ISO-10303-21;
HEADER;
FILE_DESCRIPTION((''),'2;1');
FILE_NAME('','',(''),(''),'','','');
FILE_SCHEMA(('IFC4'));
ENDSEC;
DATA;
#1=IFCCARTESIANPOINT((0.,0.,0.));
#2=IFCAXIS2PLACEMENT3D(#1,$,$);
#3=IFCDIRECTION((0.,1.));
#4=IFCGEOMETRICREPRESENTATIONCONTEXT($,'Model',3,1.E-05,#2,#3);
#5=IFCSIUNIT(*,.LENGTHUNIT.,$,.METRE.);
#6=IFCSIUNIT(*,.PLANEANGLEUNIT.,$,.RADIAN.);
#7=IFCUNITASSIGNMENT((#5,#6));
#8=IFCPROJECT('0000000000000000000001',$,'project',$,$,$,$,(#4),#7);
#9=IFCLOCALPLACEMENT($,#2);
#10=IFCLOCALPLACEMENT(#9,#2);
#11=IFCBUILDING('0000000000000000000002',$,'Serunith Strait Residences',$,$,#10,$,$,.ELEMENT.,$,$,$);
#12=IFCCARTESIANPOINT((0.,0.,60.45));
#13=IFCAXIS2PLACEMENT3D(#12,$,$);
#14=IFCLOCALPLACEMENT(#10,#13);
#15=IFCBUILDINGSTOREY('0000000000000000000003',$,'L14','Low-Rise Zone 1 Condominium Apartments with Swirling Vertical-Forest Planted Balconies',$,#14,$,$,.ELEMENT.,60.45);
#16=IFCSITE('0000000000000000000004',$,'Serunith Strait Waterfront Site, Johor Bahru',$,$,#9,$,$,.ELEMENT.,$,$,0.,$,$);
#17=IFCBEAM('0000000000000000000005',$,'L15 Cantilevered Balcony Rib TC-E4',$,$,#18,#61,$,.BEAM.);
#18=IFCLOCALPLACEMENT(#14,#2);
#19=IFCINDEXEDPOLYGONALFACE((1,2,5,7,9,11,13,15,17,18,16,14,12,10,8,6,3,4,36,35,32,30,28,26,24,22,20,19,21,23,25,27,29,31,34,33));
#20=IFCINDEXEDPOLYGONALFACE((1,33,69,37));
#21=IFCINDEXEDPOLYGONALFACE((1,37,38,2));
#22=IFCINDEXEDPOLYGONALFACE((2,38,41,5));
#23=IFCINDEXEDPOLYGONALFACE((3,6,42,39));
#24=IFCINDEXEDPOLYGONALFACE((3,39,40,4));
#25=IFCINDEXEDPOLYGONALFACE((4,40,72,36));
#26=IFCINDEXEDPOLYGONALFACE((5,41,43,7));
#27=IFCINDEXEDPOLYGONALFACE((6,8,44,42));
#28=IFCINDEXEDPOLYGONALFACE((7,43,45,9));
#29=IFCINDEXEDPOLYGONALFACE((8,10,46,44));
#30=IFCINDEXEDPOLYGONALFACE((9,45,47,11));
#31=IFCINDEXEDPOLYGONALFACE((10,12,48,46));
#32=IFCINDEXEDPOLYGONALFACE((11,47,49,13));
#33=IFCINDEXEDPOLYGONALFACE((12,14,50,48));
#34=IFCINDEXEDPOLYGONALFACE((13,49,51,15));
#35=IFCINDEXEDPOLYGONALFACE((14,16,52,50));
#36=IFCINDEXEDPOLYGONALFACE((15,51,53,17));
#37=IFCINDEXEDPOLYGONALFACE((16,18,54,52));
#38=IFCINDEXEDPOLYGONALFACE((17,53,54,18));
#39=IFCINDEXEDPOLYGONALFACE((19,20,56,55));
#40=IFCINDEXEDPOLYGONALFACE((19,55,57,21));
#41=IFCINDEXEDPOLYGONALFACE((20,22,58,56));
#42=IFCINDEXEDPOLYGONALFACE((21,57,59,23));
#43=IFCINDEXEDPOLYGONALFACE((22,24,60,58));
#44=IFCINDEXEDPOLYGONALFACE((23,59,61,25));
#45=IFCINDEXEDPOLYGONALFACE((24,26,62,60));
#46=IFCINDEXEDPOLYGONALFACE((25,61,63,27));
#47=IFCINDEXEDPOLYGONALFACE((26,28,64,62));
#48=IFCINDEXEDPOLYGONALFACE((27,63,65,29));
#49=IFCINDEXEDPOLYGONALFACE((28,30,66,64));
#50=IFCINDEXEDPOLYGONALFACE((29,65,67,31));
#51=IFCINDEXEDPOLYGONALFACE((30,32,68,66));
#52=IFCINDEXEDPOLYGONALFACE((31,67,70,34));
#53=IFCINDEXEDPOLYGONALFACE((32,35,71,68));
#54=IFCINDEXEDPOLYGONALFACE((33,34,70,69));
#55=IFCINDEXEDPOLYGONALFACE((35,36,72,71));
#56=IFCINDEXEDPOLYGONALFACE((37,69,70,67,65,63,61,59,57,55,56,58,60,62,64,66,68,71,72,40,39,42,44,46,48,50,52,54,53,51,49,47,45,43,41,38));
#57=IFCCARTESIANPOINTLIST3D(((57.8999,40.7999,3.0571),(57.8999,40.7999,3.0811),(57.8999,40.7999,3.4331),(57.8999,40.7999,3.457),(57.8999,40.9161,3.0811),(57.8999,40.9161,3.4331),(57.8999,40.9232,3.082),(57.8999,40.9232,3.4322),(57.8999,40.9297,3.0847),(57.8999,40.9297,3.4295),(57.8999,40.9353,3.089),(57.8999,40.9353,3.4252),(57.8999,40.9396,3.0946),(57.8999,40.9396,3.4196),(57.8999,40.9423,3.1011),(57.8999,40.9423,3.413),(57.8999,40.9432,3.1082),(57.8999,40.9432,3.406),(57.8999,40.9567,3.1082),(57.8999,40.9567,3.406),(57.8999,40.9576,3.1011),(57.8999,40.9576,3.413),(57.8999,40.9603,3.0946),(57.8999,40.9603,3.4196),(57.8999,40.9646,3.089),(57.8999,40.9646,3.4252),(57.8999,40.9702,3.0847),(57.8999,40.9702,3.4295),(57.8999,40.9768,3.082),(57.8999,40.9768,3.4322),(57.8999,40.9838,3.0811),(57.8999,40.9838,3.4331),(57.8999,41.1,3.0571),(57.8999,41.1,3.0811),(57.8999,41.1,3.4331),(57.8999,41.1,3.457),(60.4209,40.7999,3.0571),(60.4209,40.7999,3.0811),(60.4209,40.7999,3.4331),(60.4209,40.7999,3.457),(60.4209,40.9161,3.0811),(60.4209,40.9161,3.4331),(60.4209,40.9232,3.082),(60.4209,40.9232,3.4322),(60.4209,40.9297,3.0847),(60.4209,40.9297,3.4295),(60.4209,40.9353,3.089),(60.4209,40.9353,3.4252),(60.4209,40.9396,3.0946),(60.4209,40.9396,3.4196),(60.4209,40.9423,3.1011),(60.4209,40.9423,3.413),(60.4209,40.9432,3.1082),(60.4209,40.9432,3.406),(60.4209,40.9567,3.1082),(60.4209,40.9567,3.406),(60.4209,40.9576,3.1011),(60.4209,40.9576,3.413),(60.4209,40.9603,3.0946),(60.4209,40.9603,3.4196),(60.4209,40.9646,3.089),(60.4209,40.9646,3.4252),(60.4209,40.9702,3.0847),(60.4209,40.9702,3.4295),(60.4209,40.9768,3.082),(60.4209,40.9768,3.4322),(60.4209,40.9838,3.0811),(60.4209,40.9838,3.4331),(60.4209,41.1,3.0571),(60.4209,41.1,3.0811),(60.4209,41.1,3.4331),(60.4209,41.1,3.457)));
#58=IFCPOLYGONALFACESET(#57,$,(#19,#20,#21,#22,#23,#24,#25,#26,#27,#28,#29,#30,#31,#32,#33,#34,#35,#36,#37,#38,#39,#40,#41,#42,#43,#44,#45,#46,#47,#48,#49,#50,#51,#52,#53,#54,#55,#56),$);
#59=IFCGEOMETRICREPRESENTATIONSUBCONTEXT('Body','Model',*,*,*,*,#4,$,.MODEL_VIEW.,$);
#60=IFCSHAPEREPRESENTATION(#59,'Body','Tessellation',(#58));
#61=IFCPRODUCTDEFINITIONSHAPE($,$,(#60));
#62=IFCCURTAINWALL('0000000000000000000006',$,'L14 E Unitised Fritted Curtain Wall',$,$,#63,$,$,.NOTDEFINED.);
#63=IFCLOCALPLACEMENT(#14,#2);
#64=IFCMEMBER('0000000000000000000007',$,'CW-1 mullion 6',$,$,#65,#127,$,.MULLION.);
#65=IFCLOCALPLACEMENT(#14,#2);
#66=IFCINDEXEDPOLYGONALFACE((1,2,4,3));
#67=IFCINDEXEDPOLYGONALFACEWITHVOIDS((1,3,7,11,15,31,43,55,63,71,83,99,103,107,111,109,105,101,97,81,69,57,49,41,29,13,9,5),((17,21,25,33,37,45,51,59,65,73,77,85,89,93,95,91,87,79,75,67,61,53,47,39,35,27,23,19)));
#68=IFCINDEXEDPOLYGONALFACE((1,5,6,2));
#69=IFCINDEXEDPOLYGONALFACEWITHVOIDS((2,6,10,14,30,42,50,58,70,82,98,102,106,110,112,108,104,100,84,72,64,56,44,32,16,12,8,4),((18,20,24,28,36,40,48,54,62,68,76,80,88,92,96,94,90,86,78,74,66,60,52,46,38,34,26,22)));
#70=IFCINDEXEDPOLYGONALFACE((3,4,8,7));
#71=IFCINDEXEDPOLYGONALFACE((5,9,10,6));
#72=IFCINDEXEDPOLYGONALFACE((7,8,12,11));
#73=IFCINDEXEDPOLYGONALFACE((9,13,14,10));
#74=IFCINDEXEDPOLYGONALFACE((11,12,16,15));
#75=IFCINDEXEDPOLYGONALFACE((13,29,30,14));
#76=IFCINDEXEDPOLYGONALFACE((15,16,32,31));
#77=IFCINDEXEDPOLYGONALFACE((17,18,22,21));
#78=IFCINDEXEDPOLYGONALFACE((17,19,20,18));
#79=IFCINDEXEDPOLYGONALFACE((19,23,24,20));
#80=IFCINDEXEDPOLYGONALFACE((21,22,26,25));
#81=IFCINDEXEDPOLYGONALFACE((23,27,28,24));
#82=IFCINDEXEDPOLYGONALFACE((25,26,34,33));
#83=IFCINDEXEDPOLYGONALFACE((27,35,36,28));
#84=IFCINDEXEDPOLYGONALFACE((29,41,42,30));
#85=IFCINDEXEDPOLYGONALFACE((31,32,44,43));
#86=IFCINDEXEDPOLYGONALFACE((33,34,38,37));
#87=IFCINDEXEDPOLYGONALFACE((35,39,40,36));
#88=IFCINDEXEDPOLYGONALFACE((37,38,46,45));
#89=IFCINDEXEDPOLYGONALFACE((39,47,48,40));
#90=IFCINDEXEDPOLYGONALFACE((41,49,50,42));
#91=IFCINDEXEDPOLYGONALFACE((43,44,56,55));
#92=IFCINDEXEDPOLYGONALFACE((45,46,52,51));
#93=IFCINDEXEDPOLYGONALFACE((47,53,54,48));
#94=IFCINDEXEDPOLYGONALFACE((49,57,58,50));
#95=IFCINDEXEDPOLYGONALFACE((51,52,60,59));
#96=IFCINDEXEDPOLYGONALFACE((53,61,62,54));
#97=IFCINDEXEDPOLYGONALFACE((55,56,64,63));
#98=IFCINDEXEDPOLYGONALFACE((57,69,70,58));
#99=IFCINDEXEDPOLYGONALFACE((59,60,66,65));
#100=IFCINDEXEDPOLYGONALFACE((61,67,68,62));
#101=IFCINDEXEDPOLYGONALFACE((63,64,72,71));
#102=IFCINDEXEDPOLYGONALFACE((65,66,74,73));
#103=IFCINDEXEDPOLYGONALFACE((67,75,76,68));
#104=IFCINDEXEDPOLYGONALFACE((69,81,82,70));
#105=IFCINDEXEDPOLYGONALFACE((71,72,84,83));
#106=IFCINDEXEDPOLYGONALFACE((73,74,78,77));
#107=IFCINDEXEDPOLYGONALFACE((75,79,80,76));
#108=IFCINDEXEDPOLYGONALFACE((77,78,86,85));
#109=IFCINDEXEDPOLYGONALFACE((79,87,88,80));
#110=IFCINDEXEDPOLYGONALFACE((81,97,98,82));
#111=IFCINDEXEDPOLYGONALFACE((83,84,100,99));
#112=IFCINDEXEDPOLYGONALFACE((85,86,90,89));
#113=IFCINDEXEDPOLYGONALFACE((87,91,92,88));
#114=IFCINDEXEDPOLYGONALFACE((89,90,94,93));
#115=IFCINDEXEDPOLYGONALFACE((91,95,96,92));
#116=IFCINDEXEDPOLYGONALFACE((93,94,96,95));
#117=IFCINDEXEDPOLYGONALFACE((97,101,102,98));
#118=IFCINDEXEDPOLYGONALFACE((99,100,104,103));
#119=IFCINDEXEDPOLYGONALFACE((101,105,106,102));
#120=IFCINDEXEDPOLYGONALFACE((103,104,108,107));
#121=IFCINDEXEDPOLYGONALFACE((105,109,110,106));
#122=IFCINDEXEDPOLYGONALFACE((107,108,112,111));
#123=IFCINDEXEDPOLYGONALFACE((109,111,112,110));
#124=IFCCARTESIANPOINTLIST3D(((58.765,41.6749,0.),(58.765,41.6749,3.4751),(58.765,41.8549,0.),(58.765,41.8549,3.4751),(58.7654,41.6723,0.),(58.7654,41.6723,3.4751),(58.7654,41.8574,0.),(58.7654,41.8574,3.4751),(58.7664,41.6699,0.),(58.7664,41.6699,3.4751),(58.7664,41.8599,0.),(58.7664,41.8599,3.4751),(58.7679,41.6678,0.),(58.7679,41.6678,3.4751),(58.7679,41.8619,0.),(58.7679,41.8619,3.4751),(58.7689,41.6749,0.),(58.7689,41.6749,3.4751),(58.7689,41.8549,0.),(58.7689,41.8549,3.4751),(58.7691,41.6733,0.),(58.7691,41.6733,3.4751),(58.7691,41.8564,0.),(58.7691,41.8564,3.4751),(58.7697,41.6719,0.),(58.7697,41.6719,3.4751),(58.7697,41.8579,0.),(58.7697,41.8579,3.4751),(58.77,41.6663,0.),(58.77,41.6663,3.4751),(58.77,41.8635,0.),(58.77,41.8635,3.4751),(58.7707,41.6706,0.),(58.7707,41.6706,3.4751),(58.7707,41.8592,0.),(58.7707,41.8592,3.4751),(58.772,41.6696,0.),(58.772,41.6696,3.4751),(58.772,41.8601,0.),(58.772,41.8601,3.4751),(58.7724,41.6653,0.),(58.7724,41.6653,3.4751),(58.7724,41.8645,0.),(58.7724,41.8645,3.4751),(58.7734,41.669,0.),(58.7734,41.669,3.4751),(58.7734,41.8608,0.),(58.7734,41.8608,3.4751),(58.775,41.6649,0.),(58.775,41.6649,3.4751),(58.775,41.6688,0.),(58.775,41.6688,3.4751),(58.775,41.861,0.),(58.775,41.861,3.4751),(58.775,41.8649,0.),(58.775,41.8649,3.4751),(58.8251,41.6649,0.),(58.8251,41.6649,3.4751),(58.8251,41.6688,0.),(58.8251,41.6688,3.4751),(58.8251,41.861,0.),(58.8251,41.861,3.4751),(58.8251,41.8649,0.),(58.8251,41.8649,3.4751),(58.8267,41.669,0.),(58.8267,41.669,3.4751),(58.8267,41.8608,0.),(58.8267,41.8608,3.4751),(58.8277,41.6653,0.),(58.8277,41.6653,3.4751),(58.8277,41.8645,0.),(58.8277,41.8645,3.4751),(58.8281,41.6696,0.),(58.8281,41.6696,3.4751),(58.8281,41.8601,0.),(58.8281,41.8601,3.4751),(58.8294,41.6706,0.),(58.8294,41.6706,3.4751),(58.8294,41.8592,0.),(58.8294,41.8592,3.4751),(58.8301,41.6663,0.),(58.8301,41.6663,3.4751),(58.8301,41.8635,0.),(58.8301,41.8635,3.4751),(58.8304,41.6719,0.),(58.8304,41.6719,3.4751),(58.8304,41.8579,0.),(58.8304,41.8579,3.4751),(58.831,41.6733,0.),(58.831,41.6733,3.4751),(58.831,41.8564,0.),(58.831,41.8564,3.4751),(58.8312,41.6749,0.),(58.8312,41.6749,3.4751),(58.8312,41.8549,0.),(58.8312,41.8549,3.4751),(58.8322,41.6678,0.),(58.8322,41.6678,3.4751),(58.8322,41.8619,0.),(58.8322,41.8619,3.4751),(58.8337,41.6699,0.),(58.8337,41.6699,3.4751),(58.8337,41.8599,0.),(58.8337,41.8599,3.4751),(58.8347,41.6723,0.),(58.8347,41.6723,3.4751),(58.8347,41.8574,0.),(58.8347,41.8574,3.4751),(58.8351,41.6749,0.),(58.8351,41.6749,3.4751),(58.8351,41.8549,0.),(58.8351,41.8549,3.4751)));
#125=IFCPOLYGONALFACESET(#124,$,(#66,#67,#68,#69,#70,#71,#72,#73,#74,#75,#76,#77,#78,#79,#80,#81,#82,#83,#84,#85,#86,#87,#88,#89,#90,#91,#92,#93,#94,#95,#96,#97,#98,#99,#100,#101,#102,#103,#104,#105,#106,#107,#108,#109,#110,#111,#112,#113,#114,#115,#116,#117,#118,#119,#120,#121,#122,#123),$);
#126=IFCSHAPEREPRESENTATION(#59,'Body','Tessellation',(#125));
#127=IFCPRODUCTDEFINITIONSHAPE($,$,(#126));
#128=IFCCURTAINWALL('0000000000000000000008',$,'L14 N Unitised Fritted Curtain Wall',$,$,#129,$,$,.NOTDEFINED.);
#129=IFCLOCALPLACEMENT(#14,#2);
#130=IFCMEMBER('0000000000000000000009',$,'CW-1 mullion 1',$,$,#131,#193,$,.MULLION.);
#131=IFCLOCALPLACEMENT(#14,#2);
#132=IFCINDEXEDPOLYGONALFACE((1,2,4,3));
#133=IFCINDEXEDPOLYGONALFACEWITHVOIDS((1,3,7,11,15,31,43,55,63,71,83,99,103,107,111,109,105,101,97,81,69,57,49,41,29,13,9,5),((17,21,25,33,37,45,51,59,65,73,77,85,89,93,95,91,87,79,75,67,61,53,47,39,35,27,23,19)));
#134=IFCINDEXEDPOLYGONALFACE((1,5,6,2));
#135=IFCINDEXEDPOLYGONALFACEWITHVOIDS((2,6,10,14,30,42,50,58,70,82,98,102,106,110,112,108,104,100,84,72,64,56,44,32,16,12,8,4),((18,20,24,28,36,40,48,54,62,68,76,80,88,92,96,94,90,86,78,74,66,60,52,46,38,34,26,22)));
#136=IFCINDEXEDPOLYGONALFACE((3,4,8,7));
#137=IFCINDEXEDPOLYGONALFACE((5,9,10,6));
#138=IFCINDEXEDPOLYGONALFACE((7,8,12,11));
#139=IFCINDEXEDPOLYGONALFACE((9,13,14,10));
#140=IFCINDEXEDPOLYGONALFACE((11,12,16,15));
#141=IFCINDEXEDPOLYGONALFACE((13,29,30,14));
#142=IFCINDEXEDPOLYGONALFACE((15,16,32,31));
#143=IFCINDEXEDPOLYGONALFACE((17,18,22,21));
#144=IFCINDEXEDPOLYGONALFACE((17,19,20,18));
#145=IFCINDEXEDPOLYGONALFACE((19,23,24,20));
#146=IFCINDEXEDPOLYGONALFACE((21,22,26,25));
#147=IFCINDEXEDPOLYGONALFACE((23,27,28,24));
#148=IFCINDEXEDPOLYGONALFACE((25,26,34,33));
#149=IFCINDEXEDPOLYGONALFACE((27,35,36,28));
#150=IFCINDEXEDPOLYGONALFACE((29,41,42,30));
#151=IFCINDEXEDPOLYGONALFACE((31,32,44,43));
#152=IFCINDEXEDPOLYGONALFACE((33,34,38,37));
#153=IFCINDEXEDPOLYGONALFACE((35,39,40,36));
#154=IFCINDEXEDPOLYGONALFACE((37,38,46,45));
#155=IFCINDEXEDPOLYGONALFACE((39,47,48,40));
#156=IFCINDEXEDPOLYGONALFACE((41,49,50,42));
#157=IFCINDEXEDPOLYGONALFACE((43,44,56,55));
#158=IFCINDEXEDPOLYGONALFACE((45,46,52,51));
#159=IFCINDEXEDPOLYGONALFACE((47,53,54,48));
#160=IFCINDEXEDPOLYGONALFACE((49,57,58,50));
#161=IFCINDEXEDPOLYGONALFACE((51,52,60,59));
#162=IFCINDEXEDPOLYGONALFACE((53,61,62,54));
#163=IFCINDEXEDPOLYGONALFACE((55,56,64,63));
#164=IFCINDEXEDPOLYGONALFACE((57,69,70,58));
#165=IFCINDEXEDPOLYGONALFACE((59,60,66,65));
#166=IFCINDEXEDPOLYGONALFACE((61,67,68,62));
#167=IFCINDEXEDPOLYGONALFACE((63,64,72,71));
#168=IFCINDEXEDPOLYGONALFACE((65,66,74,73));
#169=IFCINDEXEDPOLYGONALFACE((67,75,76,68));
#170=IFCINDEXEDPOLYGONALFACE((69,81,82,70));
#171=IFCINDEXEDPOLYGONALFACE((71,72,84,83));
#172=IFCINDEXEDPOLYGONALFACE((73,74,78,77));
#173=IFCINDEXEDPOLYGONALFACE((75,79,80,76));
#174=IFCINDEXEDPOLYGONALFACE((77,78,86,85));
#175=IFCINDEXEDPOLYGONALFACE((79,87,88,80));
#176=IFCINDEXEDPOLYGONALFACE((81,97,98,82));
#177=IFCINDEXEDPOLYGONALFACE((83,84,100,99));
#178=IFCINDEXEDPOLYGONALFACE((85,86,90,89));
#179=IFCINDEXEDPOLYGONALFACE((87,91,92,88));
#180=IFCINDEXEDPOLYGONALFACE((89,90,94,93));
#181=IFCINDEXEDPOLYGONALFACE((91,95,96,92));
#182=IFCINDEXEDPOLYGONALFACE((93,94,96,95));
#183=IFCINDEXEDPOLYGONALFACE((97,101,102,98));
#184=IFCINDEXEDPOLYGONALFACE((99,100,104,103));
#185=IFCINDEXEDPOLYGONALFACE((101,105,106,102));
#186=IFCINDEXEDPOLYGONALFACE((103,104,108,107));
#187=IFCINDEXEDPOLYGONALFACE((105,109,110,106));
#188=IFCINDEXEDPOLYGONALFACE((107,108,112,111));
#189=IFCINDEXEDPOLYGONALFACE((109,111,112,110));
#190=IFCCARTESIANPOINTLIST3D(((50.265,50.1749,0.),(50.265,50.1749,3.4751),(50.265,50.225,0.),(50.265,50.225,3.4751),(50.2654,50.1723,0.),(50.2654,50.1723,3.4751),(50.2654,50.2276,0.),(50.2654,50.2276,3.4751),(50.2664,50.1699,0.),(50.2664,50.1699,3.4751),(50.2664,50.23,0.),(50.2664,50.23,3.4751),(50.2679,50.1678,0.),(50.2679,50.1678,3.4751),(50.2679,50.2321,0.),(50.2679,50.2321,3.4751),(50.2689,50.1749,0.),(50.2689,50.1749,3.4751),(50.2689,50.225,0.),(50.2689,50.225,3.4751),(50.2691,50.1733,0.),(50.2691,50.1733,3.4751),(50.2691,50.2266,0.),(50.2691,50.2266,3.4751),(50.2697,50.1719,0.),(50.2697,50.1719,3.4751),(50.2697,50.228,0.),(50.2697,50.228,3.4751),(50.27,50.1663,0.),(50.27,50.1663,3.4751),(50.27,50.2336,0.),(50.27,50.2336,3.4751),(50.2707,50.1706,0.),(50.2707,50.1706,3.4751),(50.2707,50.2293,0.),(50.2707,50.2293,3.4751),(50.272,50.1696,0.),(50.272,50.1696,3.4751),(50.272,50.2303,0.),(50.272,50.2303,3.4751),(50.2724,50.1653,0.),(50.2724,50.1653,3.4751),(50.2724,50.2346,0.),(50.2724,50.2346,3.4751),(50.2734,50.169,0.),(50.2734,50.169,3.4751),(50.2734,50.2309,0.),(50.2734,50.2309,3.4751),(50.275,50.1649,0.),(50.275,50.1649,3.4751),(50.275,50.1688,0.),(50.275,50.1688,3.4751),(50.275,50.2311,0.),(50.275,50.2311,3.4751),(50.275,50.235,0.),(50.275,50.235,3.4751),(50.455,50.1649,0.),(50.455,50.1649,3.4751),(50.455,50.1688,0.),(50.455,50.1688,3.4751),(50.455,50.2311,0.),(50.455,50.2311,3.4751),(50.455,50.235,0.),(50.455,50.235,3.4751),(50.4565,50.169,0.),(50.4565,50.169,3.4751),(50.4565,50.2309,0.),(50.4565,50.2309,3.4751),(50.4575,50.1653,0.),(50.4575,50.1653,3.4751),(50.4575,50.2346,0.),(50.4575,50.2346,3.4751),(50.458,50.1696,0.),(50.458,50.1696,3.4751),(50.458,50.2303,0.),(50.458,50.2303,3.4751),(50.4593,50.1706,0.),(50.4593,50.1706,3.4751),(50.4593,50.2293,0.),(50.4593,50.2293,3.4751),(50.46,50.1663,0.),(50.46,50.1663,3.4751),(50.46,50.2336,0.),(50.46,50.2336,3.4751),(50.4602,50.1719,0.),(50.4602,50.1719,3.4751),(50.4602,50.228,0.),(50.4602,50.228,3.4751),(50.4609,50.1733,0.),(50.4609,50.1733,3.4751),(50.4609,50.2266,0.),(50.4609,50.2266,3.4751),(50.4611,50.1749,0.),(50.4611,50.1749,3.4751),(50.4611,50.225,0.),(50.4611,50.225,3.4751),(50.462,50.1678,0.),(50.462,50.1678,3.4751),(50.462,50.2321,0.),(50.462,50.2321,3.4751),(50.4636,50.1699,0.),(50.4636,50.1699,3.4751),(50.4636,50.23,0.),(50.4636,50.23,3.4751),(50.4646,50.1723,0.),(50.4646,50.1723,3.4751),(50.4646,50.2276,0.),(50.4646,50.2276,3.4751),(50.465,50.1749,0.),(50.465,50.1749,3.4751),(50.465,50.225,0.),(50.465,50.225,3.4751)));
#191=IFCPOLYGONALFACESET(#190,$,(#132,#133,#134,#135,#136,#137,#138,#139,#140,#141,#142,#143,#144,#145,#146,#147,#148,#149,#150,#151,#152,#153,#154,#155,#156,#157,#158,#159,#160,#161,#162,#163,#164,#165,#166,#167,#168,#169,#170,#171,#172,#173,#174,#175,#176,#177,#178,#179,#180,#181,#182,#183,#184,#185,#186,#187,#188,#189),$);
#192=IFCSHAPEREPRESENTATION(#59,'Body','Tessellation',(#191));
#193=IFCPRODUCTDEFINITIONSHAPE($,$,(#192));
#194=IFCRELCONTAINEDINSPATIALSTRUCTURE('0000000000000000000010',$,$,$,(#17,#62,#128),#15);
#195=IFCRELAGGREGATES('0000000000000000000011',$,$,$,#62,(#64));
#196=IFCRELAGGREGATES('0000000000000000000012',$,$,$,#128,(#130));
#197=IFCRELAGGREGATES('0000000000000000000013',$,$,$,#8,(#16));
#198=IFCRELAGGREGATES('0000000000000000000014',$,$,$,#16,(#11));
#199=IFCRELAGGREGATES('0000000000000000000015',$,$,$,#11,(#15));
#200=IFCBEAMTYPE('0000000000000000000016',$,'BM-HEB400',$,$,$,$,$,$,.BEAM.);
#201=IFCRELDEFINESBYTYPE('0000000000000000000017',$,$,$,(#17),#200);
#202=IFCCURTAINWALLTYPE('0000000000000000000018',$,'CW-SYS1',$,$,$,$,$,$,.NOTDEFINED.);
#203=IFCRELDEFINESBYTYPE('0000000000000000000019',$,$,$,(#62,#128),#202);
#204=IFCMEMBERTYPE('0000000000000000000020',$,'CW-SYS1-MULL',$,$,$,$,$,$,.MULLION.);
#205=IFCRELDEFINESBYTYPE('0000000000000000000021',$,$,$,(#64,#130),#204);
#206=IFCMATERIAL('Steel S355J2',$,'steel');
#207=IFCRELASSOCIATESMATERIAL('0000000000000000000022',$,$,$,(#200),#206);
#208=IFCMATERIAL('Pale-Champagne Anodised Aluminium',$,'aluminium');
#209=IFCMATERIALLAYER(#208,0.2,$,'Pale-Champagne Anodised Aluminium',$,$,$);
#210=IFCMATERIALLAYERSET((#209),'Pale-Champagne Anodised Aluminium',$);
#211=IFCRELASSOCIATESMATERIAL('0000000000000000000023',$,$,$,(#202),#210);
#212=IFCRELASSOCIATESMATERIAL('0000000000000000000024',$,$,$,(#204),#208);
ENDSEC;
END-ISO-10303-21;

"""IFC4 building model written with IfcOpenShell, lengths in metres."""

from ifc_helpers import new_model, si_unit, direction, frame, origin, origin_2d, place, context, subcontext, project, spatial, hollow_rectangle, i_section, extrude, source, transform, mapped, material, layer, layer_set, material_profile, profile_set, type_object, element, aggregate, save


model = new_model("IFC4")

# Units and contexts
model_context = context("Model", 3, precision=1e-05, world=origin(), true_north=direction((0.0, 1.0)))
body_context = subcontext(model_context, "Body", "Model", "MODEL_VIEW")
ifc_project = project(units=[si_unit("LENGTHUNIT", "METRE"), si_unit("PLANEANGLEUNIT", "RADIAN")], contexts=[model_context])

# Site, building, storey
site_placement = place(None, origin())
site = spatial("IfcSite", under=ifc_project, at=site_placement, Name="Serunith Strait Waterfront Site, Johor Bahru", CompositionType="ELEMENT", RefElevation=0.0)
building_placement = place(site_placement, origin())
building = spatial("IfcBuilding", under=site, at=building_placement, Name="Serunith Strait Residences", CompositionType="ELEMENT")
storey_placement = place(building_placement, frame((0.0, 0.0, 60.45)))
storey = spatial("IfcBuildingStorey", under=building, at=storey_placement, Name="L14", Description="Low-Rise Zone 1 Condominium Apartments with Swirling Vertical-Forest Planted Balconies", CompositionType="ELEMENT", Elevation=60.45)

# Beam
ifc_material_1 = material(Name="Steel S355J2", Category="steel")
ifc_material_profile_1 = material_profile(ifc_material_1, i_section(OverallWidth=0.3, OverallDepth=0.3999, WebThickness=0.0134, FlangeThickness=0.0239, FilletRadius=0.0271, at=origin_2d()), Name="HEB 400")
ifc_profile_set_1 = profile_set([ifc_material_profile_1], Name="Steel S355J2")
beam_type_1 = type_object("IfcBeamType", Name="BM-HEB400", PredefinedType="BEAM", material=ifc_profile_set_1)
shared_shape_1 = source(origin(), body_context, "Body", "SweptSolid", [
    extrude(i_section(OverallWidth=0.3, OverallDepth=0.3999, WebThickness=0.0134, FlangeThickness=0.0239, FilletRadius=0.0271, at=origin_2d()), origin(), (0.0, 0.0, 1.0), 2.521),
])
beam_1_placement = place(storey_placement, frame((57.8999, 40.95, 3.2571), z_axis=(1.0, 0.0, 0.0), x_axis=(0.0, 1.0, 0.0)))
element("IfcBeam", 1, at=beam_1_placement, inside=storey, type_object=beam_type_1, Name="L15 Cantilevered Balcony Rib TC-E4", PredefinedType="BEAM", context=body_context, shape_type="MappedRepresentation", body=[
    mapped(shared_shape_1, transform((0.0, 0.0, 0.0), scale=1.0)),
])

# Curtain wall, member
ifc_material_2 = material(Name="Pale-Champagne Anodised Aluminium", Category="aluminium")
ifc_layer_1 = layer(ifc_material_2, 0.2, Name="Pale-Champagne Anodised Aluminium")
ifc_layer_set_1 = layer_set([ifc_layer_1], Name="Pale-Champagne Anodised Aluminium")
curtain_wall_type = type_object("IfcCurtainWallType", Name="CW-SYS1", PredefinedType="NOTDEFINED", material=ifc_layer_set_1)
curtain_wall_1_placement = place(storey_placement, origin())
curtain_wall_1 = element("IfcCurtainWall", 2, at=curtain_wall_1_placement, inside=storey, type_object=curtain_wall_type, Name="L14 E Unitised Fritted Curtain Wall", PredefinedType="NOTDEFINED")
ifc_material_profile_2 = material_profile(ifc_material_2, hollow_rectangle(XDim=0.0701, YDim=0.2, WallThickness=0.0039, InnerFilletRadius=0.0061, OuterFilletRadius=0.01, at=origin_2d()), Name="ALU 200x70x4")
ifc_profile_set_2 = profile_set([ifc_material_profile_2], Name="Pale-Champagne Anodised Aluminium")
member_type_1 = type_object("IfcMemberType", Name="CW-SYS1-MULL", PredefinedType="MULLION", material=ifc_profile_set_2)
shared_shape_2 = source(origin(), body_context, "Body", "SweptSolid", [
    extrude(hollow_rectangle(XDim=0.0701, YDim=0.2, WallThickness=0.0039, InnerFilletRadius=0.0061, OuterFilletRadius=0.01, at=origin_2d()), origin(), (0.0, 0.0, 1.0), 3.4751),
])
member_1_placement = place(storey_placement, frame((58.8, 41.7649, 0.0), z_axis=(0.0, 0.0, 1.0), x_axis=(-1.0, 0.0, 0.0)))
member_1 = element("IfcMember", 3, at=member_1_placement, type_object=member_type_1, Name="CW-1 mullion 6", PredefinedType="MULLION", context=body_context, shape_type="MappedRepresentation", body=[
    mapped(shared_shape_2, transform((0.0, 0.0, 0.0), scale=1.0)),
])
aggregate(curtain_wall_1, [member_1])

# Curtain wall, member
curtain_wall_2_placement = place(storey_placement, origin())
curtain_wall_2 = element("IfcCurtainWall", 4, at=curtain_wall_2_placement, inside=storey, type_object=curtain_wall_type, Name="L14 N Unitised Fritted Curtain Wall", PredefinedType="NOTDEFINED")
member_2_placement = place(storey_placement, frame((50.365, 50.2, 0.0), z_axis=(0.0, 0.0, 1.0), x_axis=(0.0, -1.0, 0.0)))
member_2 = element("IfcMember", 5, at=member_2_placement, type_object=member_type_1, Name="CW-1 mullion 1", PredefinedType="MULLION", context=body_context, shape_type="MappedRepresentation", body=[
    mapped(shared_shape_2, transform((0.0, 0.0, 0.0), scale=1.0)),
])
aggregate(curtain_wall_2, [member_2])

save(model, "model.ifc")
